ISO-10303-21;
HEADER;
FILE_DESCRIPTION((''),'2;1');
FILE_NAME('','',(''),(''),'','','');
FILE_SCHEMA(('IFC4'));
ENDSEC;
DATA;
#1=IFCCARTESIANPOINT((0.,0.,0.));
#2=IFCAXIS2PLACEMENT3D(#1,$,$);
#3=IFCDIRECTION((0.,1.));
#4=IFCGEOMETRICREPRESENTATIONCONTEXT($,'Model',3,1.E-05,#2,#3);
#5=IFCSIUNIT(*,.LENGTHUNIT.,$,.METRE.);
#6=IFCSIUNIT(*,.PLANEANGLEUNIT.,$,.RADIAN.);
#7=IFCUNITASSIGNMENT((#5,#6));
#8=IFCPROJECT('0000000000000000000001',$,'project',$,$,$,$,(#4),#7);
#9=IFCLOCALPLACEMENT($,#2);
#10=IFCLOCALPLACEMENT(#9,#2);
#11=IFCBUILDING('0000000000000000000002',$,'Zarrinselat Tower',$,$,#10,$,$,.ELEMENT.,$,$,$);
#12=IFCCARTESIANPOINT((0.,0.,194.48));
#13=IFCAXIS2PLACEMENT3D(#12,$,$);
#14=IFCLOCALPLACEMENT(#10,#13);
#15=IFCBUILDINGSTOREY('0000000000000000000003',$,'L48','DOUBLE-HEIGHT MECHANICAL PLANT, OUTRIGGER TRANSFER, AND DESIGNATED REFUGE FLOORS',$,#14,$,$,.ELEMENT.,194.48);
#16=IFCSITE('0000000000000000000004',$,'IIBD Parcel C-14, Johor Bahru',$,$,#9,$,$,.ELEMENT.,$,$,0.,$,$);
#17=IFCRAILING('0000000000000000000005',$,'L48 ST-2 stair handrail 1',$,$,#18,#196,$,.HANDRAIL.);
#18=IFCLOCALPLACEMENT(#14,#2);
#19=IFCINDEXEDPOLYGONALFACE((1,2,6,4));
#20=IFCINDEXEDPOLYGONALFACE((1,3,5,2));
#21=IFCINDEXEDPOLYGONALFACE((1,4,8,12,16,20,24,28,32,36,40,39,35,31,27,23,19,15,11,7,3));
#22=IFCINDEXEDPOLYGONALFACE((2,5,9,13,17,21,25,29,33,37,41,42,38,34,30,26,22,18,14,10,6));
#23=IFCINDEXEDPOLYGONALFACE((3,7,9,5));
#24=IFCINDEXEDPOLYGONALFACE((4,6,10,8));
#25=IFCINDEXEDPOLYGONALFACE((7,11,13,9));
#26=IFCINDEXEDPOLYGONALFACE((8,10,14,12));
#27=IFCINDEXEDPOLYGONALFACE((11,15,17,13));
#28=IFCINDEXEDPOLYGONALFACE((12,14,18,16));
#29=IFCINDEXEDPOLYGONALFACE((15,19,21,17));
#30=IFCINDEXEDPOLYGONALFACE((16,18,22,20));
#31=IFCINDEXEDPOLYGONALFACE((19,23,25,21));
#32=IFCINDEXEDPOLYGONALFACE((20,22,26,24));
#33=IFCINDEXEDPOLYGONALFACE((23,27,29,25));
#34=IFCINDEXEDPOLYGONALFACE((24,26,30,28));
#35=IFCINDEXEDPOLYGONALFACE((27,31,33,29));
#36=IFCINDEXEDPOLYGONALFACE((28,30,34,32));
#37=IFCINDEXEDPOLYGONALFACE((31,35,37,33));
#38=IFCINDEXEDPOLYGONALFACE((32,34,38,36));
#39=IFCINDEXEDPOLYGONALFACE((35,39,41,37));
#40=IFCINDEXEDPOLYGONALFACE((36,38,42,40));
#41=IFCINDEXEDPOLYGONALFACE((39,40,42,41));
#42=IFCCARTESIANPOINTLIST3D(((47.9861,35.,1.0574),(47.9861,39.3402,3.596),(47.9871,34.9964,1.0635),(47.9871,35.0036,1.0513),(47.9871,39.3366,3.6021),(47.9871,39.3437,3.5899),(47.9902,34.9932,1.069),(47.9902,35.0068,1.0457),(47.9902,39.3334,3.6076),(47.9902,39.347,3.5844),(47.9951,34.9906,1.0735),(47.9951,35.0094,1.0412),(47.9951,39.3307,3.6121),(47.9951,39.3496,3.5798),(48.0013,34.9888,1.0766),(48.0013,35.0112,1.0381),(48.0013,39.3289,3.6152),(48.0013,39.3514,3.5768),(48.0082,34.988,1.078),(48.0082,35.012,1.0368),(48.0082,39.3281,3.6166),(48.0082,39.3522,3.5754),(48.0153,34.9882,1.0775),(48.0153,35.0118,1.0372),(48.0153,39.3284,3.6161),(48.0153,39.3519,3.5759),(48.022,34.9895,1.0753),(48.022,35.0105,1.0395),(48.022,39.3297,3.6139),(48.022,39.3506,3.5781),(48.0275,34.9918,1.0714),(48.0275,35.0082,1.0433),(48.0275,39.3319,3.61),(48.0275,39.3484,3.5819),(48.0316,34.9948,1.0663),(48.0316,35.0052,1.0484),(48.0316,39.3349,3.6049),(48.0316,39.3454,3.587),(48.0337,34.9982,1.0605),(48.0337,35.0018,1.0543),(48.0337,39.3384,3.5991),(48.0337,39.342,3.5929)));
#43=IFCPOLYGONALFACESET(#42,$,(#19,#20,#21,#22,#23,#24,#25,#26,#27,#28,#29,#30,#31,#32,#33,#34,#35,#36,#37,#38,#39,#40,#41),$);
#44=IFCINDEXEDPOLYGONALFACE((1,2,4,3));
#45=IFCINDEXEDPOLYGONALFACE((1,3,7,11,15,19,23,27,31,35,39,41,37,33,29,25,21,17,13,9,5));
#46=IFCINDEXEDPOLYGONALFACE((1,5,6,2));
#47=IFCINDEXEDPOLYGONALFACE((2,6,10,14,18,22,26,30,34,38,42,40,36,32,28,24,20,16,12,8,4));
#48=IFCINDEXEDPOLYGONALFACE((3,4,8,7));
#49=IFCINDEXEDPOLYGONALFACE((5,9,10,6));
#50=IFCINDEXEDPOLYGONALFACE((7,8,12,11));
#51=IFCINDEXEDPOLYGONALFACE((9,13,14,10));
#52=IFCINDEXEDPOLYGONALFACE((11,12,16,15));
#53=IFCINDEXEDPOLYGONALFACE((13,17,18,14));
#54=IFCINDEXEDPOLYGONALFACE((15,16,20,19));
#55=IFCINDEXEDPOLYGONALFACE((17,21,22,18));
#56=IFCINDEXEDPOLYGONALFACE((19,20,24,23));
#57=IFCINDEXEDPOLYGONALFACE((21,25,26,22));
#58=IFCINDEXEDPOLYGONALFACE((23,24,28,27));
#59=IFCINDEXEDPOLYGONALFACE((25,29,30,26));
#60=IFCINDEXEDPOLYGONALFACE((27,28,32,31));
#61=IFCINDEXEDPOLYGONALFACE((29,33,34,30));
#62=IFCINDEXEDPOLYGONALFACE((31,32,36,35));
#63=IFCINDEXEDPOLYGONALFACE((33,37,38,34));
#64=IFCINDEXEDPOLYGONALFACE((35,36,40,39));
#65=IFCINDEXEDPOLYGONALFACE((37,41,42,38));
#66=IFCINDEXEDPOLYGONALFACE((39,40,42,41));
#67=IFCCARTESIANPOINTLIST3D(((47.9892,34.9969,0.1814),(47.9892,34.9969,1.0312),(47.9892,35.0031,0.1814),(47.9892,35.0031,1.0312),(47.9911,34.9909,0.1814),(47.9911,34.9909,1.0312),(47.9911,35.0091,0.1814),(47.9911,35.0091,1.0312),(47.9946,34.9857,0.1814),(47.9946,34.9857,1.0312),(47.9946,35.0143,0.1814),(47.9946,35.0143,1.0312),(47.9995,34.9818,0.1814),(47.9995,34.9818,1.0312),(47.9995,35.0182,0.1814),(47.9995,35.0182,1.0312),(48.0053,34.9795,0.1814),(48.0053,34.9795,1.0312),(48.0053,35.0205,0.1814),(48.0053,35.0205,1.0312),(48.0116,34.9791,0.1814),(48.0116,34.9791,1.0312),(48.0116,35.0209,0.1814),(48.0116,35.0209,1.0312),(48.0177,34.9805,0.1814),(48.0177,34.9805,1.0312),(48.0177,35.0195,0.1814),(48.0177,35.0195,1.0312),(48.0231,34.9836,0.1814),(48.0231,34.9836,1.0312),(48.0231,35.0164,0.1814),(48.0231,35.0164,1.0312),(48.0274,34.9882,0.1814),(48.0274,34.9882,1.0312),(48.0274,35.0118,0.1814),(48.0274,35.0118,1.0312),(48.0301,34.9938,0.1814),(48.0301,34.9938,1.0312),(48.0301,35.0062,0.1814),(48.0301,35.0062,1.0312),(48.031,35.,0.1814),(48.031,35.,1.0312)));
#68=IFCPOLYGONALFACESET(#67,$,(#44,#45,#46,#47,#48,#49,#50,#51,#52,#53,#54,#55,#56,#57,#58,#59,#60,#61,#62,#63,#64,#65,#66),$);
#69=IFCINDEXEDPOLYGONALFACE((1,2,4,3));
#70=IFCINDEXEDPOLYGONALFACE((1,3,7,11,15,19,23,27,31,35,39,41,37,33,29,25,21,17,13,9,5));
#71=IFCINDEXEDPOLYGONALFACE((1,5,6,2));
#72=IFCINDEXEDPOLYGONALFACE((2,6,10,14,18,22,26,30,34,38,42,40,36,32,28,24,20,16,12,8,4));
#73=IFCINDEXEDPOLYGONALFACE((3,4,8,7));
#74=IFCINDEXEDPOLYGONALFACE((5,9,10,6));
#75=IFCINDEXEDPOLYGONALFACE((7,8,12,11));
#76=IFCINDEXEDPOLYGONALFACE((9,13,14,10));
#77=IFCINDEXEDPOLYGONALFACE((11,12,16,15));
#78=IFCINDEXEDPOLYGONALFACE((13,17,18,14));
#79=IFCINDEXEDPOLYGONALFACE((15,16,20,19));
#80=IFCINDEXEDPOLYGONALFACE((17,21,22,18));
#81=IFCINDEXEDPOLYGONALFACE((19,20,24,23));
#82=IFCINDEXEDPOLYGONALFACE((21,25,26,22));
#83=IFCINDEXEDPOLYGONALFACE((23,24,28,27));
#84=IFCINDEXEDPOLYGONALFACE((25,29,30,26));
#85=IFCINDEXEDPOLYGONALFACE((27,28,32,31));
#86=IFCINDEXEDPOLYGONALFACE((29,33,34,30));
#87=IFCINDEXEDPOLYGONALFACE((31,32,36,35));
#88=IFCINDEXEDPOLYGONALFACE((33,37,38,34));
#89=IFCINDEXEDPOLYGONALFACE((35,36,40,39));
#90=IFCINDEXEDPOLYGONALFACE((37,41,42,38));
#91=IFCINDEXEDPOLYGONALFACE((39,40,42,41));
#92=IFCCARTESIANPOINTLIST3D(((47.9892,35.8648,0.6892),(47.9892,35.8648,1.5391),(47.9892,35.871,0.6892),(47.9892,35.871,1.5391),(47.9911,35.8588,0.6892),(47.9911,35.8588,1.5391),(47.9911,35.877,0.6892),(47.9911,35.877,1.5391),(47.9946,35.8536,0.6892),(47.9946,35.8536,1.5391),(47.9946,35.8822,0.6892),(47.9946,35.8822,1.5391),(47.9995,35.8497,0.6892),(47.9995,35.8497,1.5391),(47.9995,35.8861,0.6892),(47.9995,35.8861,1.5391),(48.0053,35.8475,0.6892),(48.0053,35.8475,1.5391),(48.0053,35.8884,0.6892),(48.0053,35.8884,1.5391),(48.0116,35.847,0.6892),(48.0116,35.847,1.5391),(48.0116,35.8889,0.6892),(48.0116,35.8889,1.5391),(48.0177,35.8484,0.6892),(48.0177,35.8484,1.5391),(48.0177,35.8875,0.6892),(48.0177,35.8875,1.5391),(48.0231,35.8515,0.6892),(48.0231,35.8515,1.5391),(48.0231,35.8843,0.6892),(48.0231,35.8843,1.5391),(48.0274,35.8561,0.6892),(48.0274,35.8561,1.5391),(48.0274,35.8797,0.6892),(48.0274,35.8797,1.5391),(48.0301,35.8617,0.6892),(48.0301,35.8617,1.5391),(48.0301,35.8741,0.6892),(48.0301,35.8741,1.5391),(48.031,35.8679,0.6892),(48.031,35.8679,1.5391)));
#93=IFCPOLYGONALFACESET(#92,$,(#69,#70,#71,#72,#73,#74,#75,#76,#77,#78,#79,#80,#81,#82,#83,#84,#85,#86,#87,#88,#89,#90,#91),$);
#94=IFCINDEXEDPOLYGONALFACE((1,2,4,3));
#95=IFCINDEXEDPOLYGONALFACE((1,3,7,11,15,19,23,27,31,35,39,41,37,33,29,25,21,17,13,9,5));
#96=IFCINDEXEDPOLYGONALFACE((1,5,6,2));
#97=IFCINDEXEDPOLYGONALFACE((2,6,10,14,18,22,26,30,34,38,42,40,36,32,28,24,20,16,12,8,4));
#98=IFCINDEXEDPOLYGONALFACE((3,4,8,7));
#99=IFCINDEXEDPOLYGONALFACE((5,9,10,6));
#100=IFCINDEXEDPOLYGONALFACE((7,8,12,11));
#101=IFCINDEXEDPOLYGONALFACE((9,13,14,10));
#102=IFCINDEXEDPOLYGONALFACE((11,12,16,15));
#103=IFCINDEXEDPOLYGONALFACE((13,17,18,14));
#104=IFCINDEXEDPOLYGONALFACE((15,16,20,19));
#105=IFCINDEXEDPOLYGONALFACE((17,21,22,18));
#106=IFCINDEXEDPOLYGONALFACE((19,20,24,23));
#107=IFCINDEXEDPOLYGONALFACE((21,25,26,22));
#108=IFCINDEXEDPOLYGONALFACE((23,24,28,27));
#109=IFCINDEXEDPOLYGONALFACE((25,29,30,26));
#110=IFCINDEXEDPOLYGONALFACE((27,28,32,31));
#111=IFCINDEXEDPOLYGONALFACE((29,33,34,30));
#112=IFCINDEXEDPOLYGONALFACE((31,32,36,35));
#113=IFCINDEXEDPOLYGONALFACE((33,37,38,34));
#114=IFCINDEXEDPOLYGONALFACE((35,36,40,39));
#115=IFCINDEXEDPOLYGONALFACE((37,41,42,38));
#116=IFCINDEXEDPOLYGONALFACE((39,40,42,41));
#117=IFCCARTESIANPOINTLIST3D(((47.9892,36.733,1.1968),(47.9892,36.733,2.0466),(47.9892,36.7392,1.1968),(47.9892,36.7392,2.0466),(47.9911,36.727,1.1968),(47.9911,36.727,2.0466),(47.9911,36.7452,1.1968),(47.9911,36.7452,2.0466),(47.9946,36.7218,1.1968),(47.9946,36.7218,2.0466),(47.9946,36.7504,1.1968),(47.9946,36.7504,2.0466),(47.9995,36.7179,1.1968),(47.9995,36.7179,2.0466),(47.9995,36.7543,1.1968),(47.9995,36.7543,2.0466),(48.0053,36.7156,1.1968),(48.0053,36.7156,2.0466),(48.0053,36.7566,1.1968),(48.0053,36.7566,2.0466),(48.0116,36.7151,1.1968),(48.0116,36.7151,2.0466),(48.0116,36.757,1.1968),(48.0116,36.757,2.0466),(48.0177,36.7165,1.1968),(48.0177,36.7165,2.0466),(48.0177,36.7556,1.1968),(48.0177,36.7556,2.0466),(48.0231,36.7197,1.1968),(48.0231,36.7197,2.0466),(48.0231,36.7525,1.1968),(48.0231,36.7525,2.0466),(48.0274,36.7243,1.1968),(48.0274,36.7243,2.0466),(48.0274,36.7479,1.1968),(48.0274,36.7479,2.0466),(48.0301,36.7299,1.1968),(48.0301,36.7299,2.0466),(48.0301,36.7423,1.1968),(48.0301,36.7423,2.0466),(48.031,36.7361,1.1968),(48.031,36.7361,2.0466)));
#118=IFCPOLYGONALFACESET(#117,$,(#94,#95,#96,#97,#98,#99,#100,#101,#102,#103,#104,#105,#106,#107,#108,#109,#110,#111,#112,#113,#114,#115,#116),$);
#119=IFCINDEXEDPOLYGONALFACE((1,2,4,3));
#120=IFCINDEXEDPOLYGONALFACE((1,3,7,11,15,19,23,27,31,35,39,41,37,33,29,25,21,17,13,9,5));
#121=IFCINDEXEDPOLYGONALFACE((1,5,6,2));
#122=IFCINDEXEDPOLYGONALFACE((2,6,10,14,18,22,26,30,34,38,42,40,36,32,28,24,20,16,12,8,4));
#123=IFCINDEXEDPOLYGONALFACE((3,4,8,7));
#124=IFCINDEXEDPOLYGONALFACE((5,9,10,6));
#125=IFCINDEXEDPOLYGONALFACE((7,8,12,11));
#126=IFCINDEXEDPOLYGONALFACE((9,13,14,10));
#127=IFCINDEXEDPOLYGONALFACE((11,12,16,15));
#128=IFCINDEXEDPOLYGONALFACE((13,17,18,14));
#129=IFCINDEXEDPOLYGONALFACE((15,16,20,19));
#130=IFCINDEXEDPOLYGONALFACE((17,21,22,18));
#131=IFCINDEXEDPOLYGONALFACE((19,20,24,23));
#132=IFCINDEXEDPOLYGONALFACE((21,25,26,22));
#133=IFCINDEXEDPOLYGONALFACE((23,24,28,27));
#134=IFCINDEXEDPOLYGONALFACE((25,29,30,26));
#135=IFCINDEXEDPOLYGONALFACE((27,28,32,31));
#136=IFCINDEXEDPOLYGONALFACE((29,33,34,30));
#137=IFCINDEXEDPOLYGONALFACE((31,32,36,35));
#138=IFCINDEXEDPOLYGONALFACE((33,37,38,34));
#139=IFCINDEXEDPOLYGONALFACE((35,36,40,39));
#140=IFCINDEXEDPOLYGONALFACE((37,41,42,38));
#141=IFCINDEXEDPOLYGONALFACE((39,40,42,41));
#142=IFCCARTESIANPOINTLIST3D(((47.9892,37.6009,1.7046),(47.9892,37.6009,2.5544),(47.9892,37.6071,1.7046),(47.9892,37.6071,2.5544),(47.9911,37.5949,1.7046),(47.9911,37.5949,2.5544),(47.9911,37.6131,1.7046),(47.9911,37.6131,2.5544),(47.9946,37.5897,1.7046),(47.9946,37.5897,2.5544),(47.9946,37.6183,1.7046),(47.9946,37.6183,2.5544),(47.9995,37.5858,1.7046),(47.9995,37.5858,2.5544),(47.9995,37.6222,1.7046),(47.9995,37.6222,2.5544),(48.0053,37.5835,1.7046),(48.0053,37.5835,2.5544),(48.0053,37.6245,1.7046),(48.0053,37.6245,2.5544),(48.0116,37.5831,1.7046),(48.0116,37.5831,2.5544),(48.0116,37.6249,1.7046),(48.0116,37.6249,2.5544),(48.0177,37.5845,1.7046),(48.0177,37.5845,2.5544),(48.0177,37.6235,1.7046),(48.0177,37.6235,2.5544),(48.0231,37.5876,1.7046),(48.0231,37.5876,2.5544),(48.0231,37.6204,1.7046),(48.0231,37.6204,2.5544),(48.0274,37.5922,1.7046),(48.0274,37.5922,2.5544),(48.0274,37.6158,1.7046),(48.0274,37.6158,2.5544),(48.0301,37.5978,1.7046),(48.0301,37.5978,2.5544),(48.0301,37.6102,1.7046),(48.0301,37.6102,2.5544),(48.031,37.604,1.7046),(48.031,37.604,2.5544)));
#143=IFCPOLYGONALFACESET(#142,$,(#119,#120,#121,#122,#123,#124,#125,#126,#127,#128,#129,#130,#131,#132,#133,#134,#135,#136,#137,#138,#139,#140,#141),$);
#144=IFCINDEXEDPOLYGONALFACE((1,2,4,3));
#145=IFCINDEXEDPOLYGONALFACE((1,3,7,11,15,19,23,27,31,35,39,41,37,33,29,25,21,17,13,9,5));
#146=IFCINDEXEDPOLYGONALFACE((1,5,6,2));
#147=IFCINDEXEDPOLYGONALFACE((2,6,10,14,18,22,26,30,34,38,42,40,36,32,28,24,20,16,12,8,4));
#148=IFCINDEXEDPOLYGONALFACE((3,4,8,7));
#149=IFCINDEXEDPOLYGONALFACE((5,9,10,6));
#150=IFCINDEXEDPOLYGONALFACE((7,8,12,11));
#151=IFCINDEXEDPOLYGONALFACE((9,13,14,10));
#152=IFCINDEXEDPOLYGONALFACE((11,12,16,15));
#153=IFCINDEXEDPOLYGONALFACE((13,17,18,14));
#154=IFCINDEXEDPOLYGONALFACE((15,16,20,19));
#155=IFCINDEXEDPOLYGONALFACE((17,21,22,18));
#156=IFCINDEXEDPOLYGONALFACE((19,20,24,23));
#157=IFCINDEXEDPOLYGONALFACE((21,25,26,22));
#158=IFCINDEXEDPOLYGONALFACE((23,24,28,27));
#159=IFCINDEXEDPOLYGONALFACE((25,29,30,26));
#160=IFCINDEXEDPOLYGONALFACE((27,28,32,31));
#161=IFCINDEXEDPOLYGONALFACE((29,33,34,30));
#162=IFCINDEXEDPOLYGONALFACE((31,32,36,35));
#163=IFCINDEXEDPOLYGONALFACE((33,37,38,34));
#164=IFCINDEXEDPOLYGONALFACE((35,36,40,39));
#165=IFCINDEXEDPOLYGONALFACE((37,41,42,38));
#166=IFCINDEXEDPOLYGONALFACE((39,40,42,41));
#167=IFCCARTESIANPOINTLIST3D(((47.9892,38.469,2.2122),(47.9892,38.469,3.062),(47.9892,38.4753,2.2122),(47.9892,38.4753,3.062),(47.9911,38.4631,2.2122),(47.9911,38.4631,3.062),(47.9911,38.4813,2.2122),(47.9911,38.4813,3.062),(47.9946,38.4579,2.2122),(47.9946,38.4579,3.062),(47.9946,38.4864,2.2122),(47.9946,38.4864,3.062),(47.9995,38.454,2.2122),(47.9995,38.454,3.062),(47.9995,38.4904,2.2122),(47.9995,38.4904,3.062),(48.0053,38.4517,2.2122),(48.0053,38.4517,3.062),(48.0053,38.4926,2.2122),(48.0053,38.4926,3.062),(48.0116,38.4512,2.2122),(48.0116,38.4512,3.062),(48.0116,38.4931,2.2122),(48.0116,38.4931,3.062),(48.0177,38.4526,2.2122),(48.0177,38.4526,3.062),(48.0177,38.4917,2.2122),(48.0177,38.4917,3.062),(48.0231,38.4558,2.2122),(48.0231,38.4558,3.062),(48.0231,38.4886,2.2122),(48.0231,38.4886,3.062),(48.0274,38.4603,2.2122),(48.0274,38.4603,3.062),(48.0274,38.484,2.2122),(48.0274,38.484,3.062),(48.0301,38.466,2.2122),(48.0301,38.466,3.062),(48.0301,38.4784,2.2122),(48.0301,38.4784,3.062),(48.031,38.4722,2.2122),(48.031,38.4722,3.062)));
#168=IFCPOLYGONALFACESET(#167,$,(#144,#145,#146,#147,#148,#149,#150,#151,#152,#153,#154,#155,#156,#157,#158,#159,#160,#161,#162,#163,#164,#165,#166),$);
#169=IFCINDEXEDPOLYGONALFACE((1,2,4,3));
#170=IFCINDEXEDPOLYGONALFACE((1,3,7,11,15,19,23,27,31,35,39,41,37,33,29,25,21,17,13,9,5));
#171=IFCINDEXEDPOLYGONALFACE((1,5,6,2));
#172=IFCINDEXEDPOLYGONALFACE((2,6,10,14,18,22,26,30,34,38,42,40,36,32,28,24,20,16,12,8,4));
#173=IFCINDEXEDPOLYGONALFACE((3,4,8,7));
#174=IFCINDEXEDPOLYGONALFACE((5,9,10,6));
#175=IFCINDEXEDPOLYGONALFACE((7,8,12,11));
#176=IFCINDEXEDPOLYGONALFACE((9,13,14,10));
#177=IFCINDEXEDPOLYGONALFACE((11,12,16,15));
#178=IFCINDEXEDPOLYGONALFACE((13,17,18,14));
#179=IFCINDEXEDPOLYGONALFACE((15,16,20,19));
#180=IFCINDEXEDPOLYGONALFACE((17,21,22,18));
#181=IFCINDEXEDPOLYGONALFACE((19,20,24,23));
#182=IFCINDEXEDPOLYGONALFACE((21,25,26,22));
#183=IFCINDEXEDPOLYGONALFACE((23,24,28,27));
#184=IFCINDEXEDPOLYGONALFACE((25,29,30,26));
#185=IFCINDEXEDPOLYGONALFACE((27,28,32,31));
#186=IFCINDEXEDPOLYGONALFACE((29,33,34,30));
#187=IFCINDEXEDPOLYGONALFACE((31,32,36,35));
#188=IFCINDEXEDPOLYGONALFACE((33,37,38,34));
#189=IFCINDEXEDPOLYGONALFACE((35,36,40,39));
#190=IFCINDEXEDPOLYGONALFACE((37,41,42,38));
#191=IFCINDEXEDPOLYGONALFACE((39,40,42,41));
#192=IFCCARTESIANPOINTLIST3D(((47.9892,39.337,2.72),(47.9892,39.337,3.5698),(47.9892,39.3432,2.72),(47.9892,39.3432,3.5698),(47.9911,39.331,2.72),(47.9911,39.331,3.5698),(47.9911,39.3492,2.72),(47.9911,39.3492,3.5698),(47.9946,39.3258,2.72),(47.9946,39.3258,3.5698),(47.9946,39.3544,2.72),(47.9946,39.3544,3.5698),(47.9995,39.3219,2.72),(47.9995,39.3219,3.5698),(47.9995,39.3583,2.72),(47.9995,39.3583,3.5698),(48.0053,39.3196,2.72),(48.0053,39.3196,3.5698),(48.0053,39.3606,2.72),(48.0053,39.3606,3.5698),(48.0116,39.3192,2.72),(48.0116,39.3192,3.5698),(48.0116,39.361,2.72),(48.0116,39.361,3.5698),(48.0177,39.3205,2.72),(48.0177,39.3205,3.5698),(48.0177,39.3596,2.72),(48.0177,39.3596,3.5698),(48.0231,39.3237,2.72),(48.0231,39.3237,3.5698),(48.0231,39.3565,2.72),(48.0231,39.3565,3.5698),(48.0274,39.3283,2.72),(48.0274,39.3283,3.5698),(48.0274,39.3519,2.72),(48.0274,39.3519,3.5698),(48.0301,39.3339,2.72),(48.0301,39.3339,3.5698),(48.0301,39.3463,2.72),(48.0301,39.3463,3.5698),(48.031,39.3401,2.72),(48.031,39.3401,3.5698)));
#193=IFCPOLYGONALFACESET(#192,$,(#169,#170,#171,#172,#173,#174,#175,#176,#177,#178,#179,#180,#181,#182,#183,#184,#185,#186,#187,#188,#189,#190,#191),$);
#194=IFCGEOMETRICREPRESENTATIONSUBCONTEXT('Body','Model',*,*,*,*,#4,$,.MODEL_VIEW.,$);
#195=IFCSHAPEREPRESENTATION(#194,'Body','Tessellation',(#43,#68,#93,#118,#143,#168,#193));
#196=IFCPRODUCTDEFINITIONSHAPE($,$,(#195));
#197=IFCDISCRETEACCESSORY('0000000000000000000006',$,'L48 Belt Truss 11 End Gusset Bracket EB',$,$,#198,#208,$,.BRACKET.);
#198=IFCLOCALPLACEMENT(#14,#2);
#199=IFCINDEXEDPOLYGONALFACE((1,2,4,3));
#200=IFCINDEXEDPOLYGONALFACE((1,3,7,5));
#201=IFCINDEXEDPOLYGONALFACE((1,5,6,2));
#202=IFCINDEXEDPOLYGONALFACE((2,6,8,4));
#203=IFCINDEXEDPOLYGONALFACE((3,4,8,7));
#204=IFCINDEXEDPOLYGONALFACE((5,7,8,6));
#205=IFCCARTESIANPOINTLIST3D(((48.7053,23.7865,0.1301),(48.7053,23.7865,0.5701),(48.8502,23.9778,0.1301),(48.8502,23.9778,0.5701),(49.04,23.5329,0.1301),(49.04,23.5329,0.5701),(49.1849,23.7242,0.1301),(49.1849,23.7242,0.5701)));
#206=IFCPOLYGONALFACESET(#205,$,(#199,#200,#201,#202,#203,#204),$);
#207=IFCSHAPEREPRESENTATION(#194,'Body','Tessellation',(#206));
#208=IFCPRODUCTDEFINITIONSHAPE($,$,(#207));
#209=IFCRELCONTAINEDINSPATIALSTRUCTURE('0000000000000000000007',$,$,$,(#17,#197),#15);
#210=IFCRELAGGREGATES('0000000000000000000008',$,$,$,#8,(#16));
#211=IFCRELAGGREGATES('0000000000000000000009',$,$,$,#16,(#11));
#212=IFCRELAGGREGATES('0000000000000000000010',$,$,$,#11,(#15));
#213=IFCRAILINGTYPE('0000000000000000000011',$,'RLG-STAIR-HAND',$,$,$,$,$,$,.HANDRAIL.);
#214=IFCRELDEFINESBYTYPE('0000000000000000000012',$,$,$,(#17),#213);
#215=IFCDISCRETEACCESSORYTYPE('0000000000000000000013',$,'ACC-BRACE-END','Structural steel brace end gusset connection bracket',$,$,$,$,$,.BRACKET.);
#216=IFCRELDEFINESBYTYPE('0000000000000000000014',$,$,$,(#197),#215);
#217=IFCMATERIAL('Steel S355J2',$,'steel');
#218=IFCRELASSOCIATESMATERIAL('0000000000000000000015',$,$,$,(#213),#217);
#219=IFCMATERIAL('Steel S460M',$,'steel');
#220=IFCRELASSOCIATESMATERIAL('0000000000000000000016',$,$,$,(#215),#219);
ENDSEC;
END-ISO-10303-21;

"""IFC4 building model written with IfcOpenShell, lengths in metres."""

from ifc_helpers import new_model, si_unit, direction, frame, origin, origin_2d, place, context, subcontext, project, spatial, rectangle, circle, extrude, material, type_object, element, save


model = new_model("IFC4")

# Units and contexts
model_context = context("Model", 3, precision=1e-05, world=origin(), true_north=direction((0.0, 1.0)))
body_context = subcontext(model_context, "Body", "Model", "MODEL_VIEW")
ifc_project = project(units=[si_unit("LENGTHUNIT", "METRE"), si_unit("PLANEANGLEUNIT", "RADIAN")], contexts=[model_context])

# Site, building, storey
site_placement = place(None, origin())
site = spatial("IfcSite", under=ifc_project, at=site_placement, Name="IIBD Parcel C-14, Johor Bahru", CompositionType="ELEMENT", RefElevation=0.0)
building_placement = place(site_placement, origin())
building = spatial("IfcBuilding", under=site, at=building_placement, Name="Zarrinselat Tower", CompositionType="ELEMENT")
storey_placement = place(building_placement, frame((0.0, 0.0, 194.48)))
storey = spatial("IfcBuildingStorey", under=building, at=storey_placement, Name="L48", Description="DOUBLE-HEIGHT MECHANICAL PLANT, OUTRIGGER TRANSFER, AND DESIGNATED REFUGE FLOORS", CompositionType="ELEMENT", Elevation=194.48)

# Railing
ifc_material_1 = material(Name="Steel S355J2", Category="steel")
railing_type = type_object("IfcRailingType", Name="RLG-STAIR-HAND", PredefinedType="HANDRAIL", material=ifc_material_1)
railing_placement = place(storey_placement, frame((48.01, 35.0, 0.1814)))
element("IfcRailing", 1, at=railing_placement, inside=storey, type_object=railing_type, Name="L48 ST-2 stair handrail 1", PredefinedType="HANDRAIL", context=body_context, shape_type="SweptSolid", body=[
    extrude(circle(Radius=0.0239, at=origin_2d()), frame((0.0, 0.0, 0.876), z_axis=(0.0, 0.863185, 0.504888), x_axis=(-1.0, 0.0, 0.0)), (0.0, 0.0, 1.0), 5.0281),
    extrude(circle(Radius=0.021, at=origin_2d()), origin(), (0.0, 0.0, 1.0), 0.8499),
    extrude(circle(Radius=0.021, at=origin_2d()), frame((0.0, 0.8679, 0.5078)), (0.0, 0.0, 1.0), 0.8499),
    extrude(circle(Radius=0.021, at=origin_2d()), frame((0.0, 1.7361, 1.0154)), (0.0, 0.0, 1.0), 0.8499),
    extrude(circle(Radius=0.021, at=origin_2d()), frame((0.0, 2.604, 1.5232)), (0.0, 0.0, 1.0), 0.8499),
    extrude(circle(Radius=0.021, at=origin_2d()), frame((0.0, 3.4722, 2.0308)), (0.0, 0.0, 1.0), 0.8499),
    extrude(circle(Radius=0.021, at=origin_2d()), frame((0.0, 4.3401, 2.5386)), (0.0, 0.0, 1.0), 0.8499),
])

# Discrete accessory
ifc_material_2 = material(Name="Steel S460M", Category="steel")
discrete_accessory_type = type_object("IfcDiscreteAccessoryType", Name="ACC-BRACE-END", Description="Structural steel brace end gusset connection bracket", PredefinedType="BRACKET", material=ifc_material_2)
for number, where, z_axis, x_axis, name in (
    (2, (48.9451, 23.7554, 0.1301), (0.0, 0.0, 1.0), (0.603856, 0.797093, 0.0), "L48 Belt Truss 11 End Gusset Bracket EB"),
):
    element("IfcDiscreteAccessory", number, at=place(storey_placement, frame(where, z_axis=z_axis, x_axis=x_axis)), inside=storey, type_object=discrete_accessory_type, Name=name, PredefinedType="BRACKET", context=body_context, shape_type="SweptSolid", body=[
        extrude(rectangle(XDim=0.24, YDim=0.4199, at=origin_2d()), origin(), (0.0, 0.0, 1.0), 0.4399),
    ])

save(model, "model.ifc")
